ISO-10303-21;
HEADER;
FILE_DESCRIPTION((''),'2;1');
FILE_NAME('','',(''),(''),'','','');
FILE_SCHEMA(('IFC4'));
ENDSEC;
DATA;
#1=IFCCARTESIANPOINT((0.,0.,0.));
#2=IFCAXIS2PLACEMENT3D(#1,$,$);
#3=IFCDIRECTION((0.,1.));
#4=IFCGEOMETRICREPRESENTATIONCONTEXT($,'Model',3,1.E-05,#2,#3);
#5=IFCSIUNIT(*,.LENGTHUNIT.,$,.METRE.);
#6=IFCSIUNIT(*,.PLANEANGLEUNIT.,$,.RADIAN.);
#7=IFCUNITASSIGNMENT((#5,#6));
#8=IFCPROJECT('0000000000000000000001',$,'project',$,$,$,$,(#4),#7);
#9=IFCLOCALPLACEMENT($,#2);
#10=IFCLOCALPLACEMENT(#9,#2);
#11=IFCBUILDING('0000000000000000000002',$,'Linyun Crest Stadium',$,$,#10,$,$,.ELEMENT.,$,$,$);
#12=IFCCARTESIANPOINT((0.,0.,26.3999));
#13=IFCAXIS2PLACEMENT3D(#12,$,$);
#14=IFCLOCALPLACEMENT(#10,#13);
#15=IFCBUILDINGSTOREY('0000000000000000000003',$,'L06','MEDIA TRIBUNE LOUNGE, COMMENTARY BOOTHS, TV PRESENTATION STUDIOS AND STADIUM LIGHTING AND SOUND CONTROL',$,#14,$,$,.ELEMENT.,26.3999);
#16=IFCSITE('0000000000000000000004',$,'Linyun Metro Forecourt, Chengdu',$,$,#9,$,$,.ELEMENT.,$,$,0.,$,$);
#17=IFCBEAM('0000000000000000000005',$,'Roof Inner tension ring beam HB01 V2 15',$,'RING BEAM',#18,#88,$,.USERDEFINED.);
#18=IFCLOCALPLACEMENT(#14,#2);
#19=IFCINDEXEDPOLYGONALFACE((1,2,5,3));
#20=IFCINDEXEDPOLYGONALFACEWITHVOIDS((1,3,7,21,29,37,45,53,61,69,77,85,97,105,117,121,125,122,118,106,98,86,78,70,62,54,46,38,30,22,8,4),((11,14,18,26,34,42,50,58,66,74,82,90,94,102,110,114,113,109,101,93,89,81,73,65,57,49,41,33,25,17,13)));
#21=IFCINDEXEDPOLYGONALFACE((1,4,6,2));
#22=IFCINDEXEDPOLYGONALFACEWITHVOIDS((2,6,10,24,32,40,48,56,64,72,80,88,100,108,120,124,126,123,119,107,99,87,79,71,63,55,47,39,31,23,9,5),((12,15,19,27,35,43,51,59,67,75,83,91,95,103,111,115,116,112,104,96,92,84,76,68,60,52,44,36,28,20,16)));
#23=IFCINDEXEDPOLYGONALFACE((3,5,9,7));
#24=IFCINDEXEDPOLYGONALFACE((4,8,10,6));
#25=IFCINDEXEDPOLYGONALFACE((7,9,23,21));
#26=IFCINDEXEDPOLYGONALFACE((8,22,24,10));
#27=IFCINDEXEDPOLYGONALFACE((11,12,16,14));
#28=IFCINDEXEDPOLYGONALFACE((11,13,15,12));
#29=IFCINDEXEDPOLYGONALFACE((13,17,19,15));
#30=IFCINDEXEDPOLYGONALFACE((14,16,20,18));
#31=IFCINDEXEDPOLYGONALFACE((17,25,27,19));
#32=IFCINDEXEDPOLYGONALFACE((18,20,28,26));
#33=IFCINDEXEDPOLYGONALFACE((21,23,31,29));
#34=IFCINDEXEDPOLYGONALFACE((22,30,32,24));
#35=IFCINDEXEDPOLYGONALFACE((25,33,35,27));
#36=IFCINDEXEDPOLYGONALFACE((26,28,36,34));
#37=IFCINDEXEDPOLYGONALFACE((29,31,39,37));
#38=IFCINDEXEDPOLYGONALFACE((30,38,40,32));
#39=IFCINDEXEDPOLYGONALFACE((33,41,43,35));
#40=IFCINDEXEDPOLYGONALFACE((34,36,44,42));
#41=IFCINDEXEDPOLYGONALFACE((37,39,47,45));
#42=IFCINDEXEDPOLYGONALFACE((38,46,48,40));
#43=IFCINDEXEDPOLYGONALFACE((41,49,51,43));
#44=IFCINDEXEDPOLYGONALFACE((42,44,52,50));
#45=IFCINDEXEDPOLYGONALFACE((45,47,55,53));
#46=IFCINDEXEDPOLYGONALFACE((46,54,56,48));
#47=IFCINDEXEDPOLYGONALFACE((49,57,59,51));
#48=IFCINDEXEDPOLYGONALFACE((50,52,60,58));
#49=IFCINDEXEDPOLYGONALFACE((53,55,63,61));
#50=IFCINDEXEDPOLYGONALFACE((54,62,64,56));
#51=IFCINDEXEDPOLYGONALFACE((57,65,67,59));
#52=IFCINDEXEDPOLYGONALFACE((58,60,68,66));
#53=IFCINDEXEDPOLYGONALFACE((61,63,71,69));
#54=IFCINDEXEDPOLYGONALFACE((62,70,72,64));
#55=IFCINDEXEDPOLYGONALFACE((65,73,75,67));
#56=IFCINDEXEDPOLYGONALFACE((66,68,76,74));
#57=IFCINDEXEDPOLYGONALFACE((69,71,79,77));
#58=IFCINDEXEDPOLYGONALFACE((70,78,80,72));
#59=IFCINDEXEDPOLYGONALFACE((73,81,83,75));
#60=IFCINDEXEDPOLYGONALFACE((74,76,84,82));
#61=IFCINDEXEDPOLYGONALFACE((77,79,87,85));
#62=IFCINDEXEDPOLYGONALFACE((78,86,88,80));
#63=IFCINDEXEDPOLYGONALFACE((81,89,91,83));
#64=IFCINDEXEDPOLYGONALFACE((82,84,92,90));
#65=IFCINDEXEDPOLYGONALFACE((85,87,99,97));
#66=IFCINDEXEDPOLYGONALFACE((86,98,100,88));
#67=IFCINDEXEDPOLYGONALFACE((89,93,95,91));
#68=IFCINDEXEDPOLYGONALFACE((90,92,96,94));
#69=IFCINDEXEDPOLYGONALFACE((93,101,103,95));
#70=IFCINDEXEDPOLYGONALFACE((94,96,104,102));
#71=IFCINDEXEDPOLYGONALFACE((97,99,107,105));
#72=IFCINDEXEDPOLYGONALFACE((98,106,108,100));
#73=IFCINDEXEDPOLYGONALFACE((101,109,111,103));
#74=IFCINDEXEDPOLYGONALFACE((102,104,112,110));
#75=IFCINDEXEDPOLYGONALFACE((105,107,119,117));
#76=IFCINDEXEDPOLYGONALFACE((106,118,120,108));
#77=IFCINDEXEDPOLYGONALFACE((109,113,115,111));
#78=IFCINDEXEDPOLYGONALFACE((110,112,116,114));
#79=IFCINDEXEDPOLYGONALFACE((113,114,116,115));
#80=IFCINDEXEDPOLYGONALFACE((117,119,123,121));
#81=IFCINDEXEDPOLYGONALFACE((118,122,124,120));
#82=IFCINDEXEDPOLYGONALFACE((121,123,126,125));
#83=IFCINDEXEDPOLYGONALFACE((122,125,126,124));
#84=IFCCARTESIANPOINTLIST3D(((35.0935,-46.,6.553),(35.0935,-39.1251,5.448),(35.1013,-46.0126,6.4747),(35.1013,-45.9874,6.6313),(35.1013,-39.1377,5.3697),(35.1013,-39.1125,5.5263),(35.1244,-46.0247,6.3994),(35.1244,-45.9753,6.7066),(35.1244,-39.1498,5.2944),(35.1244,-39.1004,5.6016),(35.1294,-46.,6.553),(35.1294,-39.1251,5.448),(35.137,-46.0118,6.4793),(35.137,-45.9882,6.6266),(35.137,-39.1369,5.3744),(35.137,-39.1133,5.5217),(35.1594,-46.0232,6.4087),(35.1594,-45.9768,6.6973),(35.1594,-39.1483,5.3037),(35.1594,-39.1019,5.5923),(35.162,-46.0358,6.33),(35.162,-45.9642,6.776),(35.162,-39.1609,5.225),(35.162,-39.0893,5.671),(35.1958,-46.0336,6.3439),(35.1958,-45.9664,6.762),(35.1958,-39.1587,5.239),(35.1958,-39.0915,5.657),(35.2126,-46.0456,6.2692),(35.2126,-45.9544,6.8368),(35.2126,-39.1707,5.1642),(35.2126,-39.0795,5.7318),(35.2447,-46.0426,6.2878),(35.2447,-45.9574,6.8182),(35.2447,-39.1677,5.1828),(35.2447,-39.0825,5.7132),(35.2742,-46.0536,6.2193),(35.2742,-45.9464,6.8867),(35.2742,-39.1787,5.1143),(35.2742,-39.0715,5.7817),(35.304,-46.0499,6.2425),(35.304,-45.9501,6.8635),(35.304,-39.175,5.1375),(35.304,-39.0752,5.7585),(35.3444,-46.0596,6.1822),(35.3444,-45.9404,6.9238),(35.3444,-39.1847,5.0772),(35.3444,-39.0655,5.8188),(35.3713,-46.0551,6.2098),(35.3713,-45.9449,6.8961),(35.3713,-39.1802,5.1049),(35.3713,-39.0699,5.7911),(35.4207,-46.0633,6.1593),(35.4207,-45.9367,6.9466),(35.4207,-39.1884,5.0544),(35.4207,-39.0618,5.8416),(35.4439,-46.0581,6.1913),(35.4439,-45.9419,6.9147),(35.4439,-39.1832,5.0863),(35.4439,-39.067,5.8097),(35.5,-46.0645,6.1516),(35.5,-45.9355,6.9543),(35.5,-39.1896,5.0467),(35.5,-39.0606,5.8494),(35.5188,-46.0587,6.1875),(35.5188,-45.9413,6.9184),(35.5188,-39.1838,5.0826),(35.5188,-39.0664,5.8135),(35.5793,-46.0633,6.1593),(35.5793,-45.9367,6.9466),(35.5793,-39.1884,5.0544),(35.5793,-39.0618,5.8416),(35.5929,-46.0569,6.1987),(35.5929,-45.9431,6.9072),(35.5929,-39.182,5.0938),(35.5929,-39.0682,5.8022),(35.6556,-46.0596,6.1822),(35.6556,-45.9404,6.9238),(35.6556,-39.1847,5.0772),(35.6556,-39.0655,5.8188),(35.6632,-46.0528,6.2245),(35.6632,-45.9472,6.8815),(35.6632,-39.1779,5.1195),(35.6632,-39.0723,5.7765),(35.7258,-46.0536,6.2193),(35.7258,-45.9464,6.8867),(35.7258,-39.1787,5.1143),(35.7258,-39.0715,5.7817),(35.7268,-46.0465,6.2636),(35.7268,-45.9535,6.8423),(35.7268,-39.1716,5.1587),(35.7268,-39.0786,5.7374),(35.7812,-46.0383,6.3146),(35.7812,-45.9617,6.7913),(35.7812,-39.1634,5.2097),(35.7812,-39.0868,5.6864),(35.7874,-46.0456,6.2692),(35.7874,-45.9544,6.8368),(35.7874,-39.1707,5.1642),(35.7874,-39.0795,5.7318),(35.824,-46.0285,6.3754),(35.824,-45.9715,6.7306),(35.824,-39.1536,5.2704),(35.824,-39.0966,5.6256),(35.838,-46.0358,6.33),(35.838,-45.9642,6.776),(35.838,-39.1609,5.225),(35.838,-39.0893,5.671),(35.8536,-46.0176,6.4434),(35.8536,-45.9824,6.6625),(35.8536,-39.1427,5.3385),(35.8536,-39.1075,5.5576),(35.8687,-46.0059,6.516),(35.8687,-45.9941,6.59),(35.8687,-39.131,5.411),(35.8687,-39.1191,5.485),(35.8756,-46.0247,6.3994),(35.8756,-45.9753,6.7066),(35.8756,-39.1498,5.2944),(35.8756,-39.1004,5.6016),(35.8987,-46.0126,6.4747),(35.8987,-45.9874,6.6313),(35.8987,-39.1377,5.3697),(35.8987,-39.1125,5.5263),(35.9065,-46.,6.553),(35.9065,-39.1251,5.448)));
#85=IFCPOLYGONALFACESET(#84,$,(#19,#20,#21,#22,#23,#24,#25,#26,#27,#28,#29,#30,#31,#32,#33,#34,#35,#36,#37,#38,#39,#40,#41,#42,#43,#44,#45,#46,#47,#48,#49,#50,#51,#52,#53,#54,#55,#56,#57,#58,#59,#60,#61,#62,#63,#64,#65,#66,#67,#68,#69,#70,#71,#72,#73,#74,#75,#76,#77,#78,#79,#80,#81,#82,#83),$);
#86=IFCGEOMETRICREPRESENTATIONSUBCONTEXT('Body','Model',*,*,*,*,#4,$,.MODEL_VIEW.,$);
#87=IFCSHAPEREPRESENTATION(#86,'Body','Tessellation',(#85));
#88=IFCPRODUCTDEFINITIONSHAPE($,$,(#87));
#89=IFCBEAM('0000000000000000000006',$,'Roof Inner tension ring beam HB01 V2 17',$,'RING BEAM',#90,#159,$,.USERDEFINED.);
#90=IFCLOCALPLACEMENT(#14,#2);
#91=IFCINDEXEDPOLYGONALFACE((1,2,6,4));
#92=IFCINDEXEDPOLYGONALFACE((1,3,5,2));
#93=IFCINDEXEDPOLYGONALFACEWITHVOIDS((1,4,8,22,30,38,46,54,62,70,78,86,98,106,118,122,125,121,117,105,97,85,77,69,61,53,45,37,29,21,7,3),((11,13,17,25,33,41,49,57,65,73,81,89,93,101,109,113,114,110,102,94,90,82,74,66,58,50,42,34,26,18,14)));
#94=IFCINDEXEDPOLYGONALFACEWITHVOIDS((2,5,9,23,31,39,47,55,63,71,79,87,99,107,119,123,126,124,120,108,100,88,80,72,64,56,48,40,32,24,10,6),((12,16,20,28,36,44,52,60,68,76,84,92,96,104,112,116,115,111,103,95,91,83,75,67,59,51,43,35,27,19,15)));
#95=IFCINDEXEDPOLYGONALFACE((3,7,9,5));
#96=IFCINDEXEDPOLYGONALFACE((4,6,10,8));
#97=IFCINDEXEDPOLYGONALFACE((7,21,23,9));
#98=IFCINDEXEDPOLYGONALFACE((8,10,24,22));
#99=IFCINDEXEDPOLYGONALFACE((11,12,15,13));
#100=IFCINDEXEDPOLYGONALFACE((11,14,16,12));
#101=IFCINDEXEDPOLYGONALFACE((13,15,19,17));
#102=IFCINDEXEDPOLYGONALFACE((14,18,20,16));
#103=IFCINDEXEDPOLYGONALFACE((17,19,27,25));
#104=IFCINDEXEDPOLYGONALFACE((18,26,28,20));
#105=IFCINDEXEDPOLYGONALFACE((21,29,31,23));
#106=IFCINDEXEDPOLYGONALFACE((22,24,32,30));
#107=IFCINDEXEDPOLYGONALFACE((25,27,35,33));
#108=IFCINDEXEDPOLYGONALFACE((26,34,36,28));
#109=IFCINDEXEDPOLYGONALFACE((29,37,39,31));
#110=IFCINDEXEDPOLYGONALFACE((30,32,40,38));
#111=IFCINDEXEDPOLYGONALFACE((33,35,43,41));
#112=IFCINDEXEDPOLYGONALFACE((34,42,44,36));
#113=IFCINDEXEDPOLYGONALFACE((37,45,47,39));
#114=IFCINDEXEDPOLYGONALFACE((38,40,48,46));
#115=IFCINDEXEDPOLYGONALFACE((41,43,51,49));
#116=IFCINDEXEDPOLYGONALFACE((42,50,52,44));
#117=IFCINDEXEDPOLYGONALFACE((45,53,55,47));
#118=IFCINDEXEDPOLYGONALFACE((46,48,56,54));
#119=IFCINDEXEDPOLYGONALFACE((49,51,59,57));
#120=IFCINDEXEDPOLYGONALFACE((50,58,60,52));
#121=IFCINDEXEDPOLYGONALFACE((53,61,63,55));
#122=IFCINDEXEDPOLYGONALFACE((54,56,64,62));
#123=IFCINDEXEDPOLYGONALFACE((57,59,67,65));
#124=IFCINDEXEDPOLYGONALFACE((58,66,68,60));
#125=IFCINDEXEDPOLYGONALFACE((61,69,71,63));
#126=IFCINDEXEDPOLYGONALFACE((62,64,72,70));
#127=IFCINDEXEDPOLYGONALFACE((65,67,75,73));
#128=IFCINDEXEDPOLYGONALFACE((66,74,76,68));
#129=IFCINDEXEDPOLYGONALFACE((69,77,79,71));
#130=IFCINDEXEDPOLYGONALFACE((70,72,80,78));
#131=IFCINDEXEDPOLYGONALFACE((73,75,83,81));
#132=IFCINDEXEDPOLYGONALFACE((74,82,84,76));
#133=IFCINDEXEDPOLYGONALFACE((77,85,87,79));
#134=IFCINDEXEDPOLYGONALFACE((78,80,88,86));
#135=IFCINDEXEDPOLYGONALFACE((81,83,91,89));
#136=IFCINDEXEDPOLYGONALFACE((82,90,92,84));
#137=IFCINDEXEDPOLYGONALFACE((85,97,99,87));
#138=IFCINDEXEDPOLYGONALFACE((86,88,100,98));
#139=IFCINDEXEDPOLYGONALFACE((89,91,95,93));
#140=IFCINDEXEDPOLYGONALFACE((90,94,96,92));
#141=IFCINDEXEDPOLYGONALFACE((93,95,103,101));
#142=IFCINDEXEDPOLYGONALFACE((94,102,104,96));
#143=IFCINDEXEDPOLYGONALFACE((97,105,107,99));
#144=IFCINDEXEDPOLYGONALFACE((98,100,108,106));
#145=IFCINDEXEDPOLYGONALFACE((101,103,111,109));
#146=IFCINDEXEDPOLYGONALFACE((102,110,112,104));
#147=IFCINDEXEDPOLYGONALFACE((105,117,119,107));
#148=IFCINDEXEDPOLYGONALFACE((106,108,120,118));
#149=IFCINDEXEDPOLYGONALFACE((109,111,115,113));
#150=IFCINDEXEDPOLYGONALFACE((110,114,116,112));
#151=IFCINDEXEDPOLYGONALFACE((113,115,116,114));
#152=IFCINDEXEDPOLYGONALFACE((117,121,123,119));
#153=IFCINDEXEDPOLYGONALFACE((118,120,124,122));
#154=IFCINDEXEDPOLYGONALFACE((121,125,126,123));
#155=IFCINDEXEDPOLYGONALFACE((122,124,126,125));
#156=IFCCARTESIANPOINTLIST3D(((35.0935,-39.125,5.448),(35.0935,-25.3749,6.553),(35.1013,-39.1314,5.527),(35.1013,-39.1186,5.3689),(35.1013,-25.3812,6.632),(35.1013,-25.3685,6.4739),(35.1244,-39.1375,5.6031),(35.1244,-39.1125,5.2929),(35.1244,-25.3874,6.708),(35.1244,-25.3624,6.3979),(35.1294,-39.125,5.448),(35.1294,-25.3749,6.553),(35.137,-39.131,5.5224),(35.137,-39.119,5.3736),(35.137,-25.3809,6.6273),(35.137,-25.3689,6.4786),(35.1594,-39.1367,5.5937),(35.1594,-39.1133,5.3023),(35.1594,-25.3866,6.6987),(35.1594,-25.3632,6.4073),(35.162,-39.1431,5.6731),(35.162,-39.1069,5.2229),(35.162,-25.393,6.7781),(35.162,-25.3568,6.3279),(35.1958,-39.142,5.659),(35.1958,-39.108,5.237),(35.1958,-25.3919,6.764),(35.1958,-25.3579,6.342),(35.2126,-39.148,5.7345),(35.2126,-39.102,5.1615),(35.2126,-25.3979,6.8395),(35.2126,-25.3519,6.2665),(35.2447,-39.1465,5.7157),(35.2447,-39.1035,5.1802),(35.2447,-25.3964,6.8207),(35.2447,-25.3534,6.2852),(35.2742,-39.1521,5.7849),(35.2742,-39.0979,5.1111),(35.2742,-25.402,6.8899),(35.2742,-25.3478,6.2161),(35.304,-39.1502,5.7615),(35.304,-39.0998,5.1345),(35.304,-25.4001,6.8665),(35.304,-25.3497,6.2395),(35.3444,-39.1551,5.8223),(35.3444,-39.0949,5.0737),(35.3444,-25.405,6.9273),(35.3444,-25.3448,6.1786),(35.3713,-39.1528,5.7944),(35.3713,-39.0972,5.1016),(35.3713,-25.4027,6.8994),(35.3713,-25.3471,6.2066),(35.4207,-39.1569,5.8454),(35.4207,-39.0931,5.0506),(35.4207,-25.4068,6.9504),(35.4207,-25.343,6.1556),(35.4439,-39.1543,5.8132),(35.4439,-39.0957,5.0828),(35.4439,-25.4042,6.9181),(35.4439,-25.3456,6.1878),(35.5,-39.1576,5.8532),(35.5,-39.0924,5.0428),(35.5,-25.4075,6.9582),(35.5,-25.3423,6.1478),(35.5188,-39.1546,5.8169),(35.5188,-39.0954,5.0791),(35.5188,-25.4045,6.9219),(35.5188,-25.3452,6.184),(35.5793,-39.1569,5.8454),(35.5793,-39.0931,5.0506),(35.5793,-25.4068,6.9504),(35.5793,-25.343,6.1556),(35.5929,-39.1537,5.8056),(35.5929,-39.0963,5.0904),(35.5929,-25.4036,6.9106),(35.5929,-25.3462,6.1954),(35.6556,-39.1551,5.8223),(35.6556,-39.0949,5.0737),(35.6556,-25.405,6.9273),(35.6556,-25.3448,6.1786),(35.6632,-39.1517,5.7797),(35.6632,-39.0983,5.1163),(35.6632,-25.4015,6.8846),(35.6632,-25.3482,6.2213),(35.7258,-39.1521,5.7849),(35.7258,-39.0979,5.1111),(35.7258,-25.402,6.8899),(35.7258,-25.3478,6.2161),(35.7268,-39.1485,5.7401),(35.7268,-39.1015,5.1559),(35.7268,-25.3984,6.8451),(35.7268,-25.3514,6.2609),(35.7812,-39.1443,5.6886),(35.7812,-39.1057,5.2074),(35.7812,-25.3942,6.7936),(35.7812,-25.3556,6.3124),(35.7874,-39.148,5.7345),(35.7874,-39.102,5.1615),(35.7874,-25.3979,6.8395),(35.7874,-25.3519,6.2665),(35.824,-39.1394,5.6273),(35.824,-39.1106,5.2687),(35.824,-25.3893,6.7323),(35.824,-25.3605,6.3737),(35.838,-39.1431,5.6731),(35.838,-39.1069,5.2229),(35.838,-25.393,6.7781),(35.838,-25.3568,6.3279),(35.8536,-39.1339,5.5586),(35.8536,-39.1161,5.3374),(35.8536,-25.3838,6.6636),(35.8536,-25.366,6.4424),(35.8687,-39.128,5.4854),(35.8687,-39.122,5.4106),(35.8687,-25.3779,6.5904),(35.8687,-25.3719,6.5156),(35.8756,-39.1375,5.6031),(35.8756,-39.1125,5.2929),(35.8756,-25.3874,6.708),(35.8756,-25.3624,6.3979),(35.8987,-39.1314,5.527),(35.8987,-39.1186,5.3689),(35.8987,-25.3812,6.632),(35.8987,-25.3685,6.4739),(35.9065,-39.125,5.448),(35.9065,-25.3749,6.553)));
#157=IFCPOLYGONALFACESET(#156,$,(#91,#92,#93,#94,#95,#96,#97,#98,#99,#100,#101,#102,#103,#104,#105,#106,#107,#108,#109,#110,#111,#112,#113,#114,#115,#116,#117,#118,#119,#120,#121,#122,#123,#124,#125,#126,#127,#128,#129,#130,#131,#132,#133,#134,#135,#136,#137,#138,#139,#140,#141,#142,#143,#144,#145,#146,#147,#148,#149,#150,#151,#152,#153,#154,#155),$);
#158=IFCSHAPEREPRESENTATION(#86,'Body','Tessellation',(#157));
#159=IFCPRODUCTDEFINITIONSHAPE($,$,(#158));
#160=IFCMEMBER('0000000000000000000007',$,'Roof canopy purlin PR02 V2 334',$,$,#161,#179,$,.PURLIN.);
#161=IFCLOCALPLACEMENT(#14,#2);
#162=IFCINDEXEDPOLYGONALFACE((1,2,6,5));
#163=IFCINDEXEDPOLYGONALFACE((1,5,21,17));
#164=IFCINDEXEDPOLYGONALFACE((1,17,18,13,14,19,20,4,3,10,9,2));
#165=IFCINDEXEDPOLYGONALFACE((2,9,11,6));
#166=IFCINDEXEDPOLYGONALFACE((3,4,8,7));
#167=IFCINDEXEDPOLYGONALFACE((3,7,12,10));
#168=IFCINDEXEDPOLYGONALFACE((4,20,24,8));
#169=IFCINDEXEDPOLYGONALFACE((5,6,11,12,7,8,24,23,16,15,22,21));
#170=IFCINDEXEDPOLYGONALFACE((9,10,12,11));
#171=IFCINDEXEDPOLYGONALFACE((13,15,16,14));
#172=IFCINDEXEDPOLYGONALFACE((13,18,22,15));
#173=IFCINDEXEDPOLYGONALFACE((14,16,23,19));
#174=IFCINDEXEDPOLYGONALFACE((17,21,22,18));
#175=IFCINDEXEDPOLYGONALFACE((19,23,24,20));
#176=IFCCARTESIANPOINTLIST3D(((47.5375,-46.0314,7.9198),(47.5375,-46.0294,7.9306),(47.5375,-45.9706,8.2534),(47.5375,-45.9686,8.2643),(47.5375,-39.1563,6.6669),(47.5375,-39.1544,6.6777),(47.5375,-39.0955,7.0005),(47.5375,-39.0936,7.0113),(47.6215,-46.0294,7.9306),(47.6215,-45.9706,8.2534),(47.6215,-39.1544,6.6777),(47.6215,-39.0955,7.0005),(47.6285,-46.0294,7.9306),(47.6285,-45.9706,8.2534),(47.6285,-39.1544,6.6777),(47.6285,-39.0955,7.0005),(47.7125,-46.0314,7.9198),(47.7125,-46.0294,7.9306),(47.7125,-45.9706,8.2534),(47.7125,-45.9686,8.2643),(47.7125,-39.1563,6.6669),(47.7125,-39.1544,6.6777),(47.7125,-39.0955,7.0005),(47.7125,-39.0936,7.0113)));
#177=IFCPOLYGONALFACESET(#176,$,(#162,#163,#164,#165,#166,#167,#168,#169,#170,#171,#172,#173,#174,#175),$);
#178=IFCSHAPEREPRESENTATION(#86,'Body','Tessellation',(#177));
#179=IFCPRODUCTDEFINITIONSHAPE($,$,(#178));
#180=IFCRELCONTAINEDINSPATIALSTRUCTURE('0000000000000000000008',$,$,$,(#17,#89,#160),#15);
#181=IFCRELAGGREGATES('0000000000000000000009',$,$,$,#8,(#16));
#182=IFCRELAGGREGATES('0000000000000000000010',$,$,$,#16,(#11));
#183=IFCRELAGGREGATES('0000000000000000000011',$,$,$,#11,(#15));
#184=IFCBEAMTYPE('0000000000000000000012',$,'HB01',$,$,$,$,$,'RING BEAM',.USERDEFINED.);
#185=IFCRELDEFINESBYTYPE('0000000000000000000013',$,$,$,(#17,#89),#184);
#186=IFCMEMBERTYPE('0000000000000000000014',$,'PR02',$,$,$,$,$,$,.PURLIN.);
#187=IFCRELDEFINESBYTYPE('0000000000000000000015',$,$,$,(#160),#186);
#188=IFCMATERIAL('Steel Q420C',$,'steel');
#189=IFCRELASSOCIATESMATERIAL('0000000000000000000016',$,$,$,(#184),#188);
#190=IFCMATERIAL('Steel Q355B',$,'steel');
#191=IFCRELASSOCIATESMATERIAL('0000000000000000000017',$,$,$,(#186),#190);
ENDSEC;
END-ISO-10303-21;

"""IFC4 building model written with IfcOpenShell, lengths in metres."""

from ifc_helpers import new_model, si_unit, direction, frame, origin, origin_2d, place, context, subcontext, project, spatial, hollow_circle, i_section, extrude, material, material_profile, profile_set, type_object, element, save


model = new_model("IFC4")

# Units and contexts
model_context = context("Model", 3, precision=1e-05, world=origin(), true_north=direction((0.0, 1.0)))
body_context = subcontext(model_context, "Body", "Model", "MODEL_VIEW")
ifc_project = project(units=[si_unit("LENGTHUNIT", "METRE"), si_unit("PLANEANGLEUNIT", "RADIAN")], contexts=[model_context])

# Site, building, storey
site_placement = place(None, origin())
site = spatial("IfcSite", under=ifc_project, at=site_placement, Name="Linyun Metro Forecourt, Chengdu", CompositionType="ELEMENT", RefElevation=0.0)
building_placement = place(site_placement, origin())
building = spatial("IfcBuilding", under=site, at=building_placement, Name="Linyun Crest Stadium", CompositionType="ELEMENT")
storey_placement = place(building_placement, frame((0.0, 0.0, 26.3999)))
storey = spatial("IfcBuildingStorey", under=building, at=storey_placement, Name="L06", Description="MEDIA TRIBUNE LOUNGE, COMMENTARY BOOTHS, TV PRESENTATION STUDIOS AND STADIUM LIGHTING AND SOUND CONTROL", CompositionType="ELEMENT", Elevation=26.3999)

# Beams
ifc_material_1 = material(Name="Steel Q420C", Category="steel")
ifc_material_profile_1 = material_profile(ifc_material_1, hollow_circle(Radius=0.4065, WallThickness=0.0359, at=origin_2d()), Name="CHS 813x36")
ifc_profile_set_1 = profile_set([ifc_material_profile_1], Name="Steel Q420C")
beam_type = type_object("IfcBeamType", Name="HB01", ElementType="RING BEAM", PredefinedType="USERDEFINED", material=ifc_profile_set_1)
beam_1_placement = place(storey_placement, frame((35.5, -46.0, 6.553), z_axis=(0.0, 0.987329, -0.158688), x_axis=(-1.0, 0.0, 0.0)))
element("IfcBeam", 1, at=beam_1_placement, inside=storey, type_object=beam_type, Name="Roof Inner tension ring beam HB01 V2 15", ObjectType="RING BEAM", PredefinedType="USERDEFINED", context=body_context, shape_type="SweptSolid", body=[
    extrude(hollow_circle(Radius=0.4065, WallThickness=0.0359, at=origin_2d()), origin(), (0.0, 0.0, 1.0), 6.9631),
])
beam_2_placement = place(storey_placement, frame((35.5, -39.125, 5.448), z_axis=(0.0, 0.996787, 0.080104), x_axis=(-1.0, 0.0, 0.0)))
element("IfcBeam", 2, at=beam_2_placement, inside=storey, type_object=beam_type, Name="Roof Inner tension ring beam HB01 V2 17", ObjectType="RING BEAM", PredefinedType="USERDEFINED", context=body_context, shape_type="SweptSolid", body=[
    extrude(hollow_circle(Radius=0.4065, WallThickness=0.0359, at=origin_2d()), origin(), (0.0, 0.0, 1.0), 13.7944),
])

# Member
ifc_material_2 = material(Name="Steel Q355B", Category="steel")
ifc_material_profile_2 = material_profile(ifc_material_2, i_section(OverallWidth=0.175, OverallDepth=0.3501, WebThickness=0.0071, FlangeThickness=0.011, at=origin_2d()), Name="HN 350x175")
ifc_profile_set_2 = profile_set([ifc_material_profile_2], Name="Steel Q355B")
member_type_1 = type_object("IfcMemberType", Name="PR02", PredefinedType="PURLIN", material=ifc_profile_set_2)
member_1_placement = place(storey_placement, frame((47.625, -46.0, 8.092), z_axis=(0.0, 0.983796, -0.179291), x_axis=(-1.0, 0.0, 0.0)))
element("IfcMember", 3, at=member_1_placement, inside=storey, type_object=member_type_1, Name="Roof canopy purlin PR02 V2 334", PredefinedType="PURLIN", context=body_context, shape_type="SweptSolid", body=[
    extrude(i_section(OverallWidth=0.175, OverallDepth=0.3501, WebThickness=0.0071, FlangeThickness=0.011, at=origin_2d()), origin(), (0.0, 0.0, 1.0), 6.9883),
])

save(model, "model.ifc")
